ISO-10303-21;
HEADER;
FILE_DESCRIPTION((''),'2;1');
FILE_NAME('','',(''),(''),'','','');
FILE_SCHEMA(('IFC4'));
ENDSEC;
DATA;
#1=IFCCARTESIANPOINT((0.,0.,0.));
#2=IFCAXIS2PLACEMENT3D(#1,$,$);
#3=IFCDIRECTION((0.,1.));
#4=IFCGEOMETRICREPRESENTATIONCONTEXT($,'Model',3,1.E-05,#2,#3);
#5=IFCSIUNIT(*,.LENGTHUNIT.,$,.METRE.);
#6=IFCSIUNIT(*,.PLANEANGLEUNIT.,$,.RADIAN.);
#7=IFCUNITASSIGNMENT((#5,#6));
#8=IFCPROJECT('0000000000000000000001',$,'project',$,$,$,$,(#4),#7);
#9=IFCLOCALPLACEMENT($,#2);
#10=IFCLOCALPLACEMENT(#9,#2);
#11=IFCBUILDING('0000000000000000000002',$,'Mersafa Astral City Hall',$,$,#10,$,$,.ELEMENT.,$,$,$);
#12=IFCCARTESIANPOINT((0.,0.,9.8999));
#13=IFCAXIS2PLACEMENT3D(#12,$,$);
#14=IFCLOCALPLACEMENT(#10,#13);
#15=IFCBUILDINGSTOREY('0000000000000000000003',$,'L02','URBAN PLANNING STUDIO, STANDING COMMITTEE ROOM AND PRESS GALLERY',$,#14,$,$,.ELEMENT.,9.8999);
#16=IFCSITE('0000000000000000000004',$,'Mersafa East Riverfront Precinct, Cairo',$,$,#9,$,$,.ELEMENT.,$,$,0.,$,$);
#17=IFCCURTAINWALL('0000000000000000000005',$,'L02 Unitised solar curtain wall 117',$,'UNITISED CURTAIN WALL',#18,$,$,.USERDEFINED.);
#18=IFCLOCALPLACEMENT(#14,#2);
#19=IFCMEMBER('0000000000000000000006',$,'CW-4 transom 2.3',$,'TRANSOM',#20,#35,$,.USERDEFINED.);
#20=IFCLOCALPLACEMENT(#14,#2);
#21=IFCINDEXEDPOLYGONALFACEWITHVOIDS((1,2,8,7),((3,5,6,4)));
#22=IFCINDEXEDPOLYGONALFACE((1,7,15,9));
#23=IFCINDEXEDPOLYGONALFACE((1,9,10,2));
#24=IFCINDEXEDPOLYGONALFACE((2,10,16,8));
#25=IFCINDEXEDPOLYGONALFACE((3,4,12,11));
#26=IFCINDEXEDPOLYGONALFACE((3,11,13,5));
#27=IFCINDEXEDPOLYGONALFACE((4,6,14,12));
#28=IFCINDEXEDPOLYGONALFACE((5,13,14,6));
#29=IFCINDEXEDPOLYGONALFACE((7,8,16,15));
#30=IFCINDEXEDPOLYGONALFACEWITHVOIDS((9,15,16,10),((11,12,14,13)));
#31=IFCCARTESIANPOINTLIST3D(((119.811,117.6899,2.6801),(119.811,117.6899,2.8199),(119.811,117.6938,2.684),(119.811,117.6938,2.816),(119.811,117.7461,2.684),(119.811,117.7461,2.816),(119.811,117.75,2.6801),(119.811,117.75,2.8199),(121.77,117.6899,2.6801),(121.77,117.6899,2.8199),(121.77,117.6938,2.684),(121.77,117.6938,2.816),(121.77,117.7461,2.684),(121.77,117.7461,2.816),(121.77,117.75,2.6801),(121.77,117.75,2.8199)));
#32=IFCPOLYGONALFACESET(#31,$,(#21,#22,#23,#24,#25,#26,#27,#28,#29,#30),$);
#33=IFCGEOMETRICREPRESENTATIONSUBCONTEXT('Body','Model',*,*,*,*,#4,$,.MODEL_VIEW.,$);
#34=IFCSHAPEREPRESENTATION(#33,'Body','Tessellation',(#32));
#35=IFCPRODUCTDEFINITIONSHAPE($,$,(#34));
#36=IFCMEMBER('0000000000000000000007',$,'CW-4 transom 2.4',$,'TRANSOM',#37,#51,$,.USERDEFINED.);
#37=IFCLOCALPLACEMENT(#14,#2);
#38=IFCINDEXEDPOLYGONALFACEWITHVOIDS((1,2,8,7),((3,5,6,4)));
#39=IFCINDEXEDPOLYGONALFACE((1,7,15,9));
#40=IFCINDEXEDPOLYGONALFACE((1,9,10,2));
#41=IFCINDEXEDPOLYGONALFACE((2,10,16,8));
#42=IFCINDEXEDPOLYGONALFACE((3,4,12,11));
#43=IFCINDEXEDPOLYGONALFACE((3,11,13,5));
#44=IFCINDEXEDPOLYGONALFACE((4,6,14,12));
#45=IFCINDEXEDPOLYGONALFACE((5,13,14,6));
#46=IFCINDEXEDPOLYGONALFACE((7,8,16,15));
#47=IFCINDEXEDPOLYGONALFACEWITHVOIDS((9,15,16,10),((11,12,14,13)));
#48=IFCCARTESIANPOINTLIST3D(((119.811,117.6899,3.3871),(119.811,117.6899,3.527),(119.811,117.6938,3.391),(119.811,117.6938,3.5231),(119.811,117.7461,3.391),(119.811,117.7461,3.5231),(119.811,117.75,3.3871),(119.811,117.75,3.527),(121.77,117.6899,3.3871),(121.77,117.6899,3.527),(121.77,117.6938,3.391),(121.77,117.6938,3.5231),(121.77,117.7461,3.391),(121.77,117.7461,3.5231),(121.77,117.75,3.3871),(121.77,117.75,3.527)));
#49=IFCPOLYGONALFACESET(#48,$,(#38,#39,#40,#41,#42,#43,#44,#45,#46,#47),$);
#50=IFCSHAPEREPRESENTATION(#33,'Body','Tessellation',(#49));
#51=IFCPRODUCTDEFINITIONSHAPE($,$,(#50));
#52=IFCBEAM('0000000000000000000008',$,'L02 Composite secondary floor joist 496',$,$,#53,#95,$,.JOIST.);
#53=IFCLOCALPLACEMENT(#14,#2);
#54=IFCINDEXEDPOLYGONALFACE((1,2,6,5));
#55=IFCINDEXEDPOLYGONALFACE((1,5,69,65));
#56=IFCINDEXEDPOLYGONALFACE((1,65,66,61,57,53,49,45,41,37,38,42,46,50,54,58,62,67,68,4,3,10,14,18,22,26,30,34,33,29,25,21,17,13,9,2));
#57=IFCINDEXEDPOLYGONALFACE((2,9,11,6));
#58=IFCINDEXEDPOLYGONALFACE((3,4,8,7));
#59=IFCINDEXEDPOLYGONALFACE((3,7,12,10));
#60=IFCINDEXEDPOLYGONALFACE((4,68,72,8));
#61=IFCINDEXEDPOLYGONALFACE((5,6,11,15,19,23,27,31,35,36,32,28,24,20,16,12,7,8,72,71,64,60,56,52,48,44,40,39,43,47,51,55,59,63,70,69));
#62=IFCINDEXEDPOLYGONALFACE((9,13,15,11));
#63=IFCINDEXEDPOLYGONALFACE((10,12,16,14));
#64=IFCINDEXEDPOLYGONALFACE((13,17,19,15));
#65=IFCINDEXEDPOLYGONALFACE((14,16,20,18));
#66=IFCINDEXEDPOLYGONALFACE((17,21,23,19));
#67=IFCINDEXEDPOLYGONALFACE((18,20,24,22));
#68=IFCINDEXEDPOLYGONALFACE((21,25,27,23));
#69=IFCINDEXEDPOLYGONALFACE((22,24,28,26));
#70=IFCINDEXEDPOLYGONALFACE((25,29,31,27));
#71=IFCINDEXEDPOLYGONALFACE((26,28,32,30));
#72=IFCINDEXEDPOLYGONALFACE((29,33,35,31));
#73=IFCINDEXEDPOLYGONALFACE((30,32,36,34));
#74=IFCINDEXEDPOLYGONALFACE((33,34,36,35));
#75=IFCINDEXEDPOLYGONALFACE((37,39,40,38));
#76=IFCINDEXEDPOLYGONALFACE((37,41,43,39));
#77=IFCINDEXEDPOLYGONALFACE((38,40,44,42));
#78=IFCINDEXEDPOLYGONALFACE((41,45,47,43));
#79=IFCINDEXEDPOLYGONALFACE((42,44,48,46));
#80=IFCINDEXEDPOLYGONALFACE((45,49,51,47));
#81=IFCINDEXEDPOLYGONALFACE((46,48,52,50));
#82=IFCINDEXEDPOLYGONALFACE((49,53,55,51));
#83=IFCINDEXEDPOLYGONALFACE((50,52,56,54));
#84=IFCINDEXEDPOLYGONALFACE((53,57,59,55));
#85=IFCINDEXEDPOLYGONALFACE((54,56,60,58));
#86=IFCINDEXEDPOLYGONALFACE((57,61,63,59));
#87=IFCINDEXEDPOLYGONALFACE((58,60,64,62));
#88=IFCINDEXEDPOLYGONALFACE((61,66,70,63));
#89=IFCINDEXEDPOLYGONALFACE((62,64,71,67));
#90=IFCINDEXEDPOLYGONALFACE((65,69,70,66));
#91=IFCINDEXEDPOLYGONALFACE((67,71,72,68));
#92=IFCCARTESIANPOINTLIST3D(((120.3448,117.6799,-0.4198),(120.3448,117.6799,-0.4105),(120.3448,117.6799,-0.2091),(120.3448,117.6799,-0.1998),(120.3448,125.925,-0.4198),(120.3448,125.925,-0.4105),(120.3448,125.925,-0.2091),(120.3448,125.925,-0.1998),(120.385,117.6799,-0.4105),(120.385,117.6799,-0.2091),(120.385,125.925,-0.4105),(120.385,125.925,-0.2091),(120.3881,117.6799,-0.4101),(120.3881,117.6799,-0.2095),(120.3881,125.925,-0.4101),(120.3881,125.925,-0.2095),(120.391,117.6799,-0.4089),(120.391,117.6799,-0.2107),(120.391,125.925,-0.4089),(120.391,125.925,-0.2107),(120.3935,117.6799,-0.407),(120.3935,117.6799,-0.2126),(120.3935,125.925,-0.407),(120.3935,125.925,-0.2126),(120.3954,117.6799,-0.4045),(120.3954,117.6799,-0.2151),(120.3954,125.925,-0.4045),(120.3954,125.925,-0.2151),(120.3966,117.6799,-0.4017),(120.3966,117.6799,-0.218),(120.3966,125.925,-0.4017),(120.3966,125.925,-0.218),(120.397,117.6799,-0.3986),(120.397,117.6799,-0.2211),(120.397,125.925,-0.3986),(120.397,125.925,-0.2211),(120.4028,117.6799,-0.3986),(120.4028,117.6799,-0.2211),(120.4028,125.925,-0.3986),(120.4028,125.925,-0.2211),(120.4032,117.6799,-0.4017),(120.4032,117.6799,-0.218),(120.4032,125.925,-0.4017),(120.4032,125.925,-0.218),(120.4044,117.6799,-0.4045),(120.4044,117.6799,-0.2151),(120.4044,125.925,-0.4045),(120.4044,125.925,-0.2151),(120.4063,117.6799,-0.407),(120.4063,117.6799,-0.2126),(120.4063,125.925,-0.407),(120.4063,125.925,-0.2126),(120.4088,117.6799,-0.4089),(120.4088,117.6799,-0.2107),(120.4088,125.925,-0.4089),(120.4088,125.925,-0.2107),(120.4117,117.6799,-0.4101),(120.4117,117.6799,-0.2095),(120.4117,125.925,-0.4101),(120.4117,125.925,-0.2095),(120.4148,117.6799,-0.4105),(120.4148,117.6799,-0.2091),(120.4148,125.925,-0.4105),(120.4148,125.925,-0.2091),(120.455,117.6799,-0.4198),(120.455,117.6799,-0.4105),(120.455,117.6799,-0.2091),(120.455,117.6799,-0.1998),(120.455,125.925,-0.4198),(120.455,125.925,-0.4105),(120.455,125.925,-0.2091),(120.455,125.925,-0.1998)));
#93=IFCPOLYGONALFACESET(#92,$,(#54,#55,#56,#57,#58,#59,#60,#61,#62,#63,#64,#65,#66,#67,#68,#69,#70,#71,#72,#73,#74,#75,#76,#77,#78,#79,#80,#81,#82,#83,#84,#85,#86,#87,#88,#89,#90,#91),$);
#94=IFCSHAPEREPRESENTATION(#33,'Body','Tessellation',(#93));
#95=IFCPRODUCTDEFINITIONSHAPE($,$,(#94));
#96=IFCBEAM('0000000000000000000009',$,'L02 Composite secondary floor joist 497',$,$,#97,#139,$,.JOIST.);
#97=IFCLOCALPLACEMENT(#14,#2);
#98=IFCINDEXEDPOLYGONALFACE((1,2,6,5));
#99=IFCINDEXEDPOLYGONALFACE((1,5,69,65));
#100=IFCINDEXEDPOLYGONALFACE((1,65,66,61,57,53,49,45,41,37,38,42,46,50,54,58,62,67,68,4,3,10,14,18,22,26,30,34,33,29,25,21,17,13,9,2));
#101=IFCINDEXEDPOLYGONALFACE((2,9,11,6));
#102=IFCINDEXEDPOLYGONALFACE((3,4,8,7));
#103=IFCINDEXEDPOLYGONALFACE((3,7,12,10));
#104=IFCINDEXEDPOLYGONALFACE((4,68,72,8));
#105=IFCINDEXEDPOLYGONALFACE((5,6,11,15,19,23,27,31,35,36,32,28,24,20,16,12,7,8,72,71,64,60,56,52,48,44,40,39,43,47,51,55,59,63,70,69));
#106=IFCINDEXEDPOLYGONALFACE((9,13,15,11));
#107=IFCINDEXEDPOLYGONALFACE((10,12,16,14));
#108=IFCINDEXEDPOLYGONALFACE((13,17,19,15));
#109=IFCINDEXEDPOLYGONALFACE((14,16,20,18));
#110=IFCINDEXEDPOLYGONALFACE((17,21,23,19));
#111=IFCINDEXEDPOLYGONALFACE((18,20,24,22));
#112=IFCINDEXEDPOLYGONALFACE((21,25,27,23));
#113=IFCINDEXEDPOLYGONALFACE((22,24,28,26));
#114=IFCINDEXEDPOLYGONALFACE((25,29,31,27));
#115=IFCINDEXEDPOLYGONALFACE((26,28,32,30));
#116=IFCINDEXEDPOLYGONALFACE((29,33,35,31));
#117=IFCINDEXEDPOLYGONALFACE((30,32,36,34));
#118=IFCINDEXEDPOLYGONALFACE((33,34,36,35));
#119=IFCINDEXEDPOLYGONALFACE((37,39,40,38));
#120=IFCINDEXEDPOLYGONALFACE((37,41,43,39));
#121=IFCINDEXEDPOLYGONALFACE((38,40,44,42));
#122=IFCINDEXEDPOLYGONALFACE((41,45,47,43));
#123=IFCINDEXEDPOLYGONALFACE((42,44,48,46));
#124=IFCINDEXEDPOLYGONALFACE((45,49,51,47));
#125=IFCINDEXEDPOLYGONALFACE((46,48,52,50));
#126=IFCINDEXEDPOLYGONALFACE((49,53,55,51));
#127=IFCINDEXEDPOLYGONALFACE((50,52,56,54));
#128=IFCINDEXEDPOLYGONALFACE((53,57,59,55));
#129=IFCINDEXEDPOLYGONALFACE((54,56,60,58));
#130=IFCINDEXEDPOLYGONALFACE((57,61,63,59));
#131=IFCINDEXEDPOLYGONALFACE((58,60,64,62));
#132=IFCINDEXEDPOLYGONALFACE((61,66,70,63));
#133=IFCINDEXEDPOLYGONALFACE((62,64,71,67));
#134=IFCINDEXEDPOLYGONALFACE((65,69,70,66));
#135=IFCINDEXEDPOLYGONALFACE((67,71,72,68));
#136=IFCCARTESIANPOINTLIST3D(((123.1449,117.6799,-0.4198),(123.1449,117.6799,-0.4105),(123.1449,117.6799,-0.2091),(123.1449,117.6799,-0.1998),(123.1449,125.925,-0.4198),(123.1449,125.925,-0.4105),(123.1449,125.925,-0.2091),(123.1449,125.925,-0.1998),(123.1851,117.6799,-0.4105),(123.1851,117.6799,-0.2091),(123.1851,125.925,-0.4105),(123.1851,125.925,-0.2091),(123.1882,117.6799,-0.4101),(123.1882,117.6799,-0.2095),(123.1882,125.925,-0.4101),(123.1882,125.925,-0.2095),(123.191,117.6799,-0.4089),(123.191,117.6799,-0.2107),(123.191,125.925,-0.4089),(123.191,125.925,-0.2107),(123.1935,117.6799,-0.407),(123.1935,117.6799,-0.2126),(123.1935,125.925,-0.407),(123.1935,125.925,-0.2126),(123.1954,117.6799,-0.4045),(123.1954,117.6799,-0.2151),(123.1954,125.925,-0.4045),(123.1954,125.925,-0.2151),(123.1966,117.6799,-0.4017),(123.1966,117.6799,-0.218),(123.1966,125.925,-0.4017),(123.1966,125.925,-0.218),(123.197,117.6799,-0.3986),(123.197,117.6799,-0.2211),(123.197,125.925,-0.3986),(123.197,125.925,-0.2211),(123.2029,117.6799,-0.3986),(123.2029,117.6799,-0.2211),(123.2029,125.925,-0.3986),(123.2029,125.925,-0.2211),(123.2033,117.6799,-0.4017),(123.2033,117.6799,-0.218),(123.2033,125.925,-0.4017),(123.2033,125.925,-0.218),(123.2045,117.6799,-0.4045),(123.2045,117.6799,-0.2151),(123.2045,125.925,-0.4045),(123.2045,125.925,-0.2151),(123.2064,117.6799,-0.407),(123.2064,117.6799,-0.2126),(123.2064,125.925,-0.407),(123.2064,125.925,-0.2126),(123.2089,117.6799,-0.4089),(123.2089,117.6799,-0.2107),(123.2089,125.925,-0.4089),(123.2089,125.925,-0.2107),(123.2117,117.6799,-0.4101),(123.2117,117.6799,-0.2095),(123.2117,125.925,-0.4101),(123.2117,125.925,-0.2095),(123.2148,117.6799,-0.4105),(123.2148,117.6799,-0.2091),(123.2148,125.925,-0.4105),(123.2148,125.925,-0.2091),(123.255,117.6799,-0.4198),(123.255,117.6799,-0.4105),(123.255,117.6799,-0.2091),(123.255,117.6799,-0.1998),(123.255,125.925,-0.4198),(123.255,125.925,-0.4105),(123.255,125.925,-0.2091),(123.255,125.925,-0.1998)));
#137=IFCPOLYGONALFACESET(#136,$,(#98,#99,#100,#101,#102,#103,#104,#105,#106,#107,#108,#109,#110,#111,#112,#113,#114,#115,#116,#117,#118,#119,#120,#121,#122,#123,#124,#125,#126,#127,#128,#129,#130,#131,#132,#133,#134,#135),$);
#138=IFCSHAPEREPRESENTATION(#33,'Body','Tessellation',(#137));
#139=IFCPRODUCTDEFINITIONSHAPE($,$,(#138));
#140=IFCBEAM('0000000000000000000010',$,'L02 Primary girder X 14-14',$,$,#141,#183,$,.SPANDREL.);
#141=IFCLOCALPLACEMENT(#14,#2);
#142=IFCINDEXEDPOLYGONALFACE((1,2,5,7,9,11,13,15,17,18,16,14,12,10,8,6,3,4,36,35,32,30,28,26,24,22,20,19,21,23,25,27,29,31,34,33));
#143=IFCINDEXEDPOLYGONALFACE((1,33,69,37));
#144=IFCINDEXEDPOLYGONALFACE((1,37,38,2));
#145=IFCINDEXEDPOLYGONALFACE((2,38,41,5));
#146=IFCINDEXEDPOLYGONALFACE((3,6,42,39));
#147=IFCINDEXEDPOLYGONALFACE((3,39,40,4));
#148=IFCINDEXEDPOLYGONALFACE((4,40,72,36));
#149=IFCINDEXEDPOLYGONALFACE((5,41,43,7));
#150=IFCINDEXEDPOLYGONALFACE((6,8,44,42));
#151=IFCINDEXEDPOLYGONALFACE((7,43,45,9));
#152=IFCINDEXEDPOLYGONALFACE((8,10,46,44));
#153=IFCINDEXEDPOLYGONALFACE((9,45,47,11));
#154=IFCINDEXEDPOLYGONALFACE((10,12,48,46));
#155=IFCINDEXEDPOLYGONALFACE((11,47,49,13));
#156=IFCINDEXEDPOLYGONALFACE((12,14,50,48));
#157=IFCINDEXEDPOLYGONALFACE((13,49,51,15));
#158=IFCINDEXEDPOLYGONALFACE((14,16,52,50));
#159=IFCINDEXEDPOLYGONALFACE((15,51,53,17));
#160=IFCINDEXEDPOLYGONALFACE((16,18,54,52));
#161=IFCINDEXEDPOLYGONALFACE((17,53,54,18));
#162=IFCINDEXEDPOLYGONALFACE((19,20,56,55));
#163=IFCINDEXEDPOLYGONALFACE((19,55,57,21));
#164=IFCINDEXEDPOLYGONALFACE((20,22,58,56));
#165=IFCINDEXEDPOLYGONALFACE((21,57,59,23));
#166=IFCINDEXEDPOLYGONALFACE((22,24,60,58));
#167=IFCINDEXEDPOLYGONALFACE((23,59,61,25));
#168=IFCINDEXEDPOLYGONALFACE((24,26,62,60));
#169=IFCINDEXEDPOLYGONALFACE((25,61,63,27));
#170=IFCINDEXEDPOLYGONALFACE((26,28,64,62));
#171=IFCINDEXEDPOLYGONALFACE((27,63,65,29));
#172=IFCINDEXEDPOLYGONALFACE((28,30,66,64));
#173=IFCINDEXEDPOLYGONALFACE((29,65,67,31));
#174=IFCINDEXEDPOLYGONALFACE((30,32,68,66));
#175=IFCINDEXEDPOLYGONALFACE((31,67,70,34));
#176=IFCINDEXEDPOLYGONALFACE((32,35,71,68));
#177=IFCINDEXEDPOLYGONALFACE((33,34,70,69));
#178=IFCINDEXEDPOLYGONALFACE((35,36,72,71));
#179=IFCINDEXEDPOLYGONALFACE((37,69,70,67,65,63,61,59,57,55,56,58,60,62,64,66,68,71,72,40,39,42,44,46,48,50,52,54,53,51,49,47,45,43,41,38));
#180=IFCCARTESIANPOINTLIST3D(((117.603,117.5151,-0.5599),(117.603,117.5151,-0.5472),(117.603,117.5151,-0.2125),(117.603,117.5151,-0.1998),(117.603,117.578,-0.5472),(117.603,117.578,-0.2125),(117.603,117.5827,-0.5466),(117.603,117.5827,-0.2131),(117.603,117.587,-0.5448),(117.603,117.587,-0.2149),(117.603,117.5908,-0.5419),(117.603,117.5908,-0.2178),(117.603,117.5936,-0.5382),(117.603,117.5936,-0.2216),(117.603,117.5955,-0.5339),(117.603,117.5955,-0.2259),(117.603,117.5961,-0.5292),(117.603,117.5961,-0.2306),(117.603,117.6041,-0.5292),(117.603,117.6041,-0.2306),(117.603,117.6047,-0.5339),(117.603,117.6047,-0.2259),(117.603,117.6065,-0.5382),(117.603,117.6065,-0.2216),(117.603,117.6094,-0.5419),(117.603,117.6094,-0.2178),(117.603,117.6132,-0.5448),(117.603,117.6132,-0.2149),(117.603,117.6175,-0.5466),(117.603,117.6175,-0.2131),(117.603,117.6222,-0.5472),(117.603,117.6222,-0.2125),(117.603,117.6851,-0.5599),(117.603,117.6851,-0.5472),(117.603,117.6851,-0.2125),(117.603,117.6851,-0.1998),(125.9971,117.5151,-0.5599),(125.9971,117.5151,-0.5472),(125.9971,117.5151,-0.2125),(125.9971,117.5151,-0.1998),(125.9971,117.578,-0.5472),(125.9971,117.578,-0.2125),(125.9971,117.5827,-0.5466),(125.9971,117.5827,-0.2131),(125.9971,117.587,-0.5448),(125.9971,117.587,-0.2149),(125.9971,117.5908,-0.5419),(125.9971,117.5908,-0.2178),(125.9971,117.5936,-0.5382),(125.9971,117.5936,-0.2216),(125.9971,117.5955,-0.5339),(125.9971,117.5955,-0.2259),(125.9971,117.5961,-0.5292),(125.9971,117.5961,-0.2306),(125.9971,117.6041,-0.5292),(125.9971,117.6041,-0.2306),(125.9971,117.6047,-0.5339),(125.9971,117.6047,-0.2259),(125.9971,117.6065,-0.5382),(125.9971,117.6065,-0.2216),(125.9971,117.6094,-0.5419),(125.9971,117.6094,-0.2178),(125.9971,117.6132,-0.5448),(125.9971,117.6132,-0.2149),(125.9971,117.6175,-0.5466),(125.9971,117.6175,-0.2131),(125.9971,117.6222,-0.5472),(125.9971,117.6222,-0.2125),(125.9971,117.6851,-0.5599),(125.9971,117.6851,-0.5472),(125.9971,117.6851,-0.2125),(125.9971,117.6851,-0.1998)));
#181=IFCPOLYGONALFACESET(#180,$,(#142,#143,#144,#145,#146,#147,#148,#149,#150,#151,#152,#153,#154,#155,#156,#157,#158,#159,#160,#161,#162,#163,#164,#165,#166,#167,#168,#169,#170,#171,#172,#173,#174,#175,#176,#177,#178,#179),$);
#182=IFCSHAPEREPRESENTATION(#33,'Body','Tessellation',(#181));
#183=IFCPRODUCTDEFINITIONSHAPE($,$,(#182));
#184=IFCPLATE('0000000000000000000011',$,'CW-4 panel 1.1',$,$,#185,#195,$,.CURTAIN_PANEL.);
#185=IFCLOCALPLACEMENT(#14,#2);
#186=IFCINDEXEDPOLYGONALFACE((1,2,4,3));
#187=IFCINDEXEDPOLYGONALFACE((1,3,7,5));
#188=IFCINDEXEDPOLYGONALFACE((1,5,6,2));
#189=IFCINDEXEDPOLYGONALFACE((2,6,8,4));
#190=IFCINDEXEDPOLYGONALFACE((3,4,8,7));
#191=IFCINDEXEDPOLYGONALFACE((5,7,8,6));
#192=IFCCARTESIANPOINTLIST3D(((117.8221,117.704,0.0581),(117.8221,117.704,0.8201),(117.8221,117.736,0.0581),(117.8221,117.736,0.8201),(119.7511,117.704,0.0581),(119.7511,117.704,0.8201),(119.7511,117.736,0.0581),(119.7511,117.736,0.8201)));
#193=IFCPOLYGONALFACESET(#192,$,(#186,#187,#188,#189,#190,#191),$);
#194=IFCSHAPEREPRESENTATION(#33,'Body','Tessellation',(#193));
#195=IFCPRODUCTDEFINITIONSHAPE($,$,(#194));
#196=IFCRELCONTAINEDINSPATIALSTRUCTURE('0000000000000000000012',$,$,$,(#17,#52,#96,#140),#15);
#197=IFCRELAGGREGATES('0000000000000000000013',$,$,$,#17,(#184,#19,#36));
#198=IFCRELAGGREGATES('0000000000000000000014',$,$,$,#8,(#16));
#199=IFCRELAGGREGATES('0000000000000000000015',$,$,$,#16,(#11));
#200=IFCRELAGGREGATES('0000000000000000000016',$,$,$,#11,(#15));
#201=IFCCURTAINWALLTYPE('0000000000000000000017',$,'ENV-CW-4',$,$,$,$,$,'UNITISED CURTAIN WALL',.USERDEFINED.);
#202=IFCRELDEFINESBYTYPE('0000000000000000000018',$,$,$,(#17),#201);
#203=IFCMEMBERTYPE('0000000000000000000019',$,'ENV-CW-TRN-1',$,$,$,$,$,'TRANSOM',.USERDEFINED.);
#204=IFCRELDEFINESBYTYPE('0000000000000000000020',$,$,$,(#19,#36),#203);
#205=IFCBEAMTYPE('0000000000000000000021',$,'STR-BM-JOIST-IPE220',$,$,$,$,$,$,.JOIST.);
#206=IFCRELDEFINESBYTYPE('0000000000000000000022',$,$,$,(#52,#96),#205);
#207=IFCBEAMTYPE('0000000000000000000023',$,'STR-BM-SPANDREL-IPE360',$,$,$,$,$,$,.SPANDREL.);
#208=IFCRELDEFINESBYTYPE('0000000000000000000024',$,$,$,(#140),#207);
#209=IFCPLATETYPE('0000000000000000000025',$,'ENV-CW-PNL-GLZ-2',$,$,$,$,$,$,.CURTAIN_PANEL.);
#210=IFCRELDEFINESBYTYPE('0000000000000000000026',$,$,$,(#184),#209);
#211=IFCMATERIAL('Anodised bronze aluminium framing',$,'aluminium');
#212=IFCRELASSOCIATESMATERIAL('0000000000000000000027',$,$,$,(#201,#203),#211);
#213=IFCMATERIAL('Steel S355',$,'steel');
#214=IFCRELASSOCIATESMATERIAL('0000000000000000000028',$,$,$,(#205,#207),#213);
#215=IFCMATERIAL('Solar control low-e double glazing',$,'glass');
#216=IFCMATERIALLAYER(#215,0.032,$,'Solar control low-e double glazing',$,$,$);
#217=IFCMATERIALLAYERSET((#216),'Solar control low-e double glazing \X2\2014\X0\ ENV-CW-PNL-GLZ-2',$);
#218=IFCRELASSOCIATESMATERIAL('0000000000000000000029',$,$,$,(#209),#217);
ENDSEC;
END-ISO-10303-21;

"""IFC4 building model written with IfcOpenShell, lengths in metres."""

from ifc_helpers import new_model, si_unit, direction, frame, origin, origin_2d, place, context, subcontext, project, spatial, rectangle, hollow_rectangle, i_section, extrude, material, layer, layer_set, material_profile, profile_set, type_object, element, aggregate, save


model = new_model("IFC4")

# Units and contexts
model_context = context("Model", 3, precision=1e-05, world=origin(), true_north=direction((0.0, 1.0)))
body_context = subcontext(model_context, "Body", "Model", "MODEL_VIEW")
ifc_project = project(units=[si_unit("LENGTHUNIT", "METRE"), si_unit("PLANEANGLEUNIT", "RADIAN")], contexts=[model_context])

# Site, building, storey
site_placement = place(None, origin())
site = spatial("IfcSite", under=ifc_project, at=site_placement, Name="Mersafa East Riverfront Precinct, Cairo", CompositionType="ELEMENT", RefElevation=0.0)
building_placement = place(site_placement, origin())
building = spatial("IfcBuilding", under=site, at=building_placement, Name="Mersafa Astral City Hall", CompositionType="ELEMENT")
storey_placement = place(building_placement, frame((0.0, 0.0, 9.8999)))
storey = spatial("IfcBuildingStorey", under=building, at=storey_placement, Name="L02", Description="URBAN PLANNING STUDIO, STANDING COMMITTEE ROOM AND PRESS GALLERY", CompositionType="ELEMENT", Elevation=9.8999)

# Shared definitions
ifc_material_1 = material(Name="Steel S355", Category="steel")

# Curtain wall, members
ifc_material_2 = material(Name="Anodised bronze aluminium framing", Category="aluminium")
curtain_wall_type = type_object("IfcCurtainWallType", Name="ENV-CW-4", ElementType="UNITISED CURTAIN WALL", PredefinedType="USERDEFINED", material=ifc_material_2)
curtain_wall_placement = place(storey_placement, origin())
curtain_wall = element("IfcCurtainWall", 1, at=curtain_wall_placement, inside=storey, type_object=curtain_wall_type, Name="L02 Unitised solar curtain wall 117", ObjectType="UNITISED CURTAIN WALL", PredefinedType="USERDEFINED")
ifc_material_profile_1 = material_profile(ifc_material_2, hollow_rectangle(XDim=0.0601, YDim=0.1399, WallThickness=0.0039, at=origin_2d()), Name="RHS 60x140x4")
ifc_profile_set_1 = profile_set([ifc_material_profile_1], Name="Anodised bronze aluminium framing")
member_type_1 = type_object("IfcMemberType", Name="ENV-CW-TRN-1", ElementType="TRANSOM", PredefinedType="USERDEFINED", material=ifc_profile_set_1)
member_1_placement = place(storey_placement, frame((119.811, 117.72, 2.75), z_axis=(1.0, 0.0, 0.0), x_axis=(0.0, 1.0, 0.0)))
member_1 = element("IfcMember", 2, at=member_1_placement, type_object=member_type_1, Name="CW-4 transom 2.3", ObjectType="TRANSOM", PredefinedType="USERDEFINED", context=body_context, shape_type="SweptSolid", body=[
    extrude(hollow_rectangle(XDim=0.0601, YDim=0.1399, WallThickness=0.0039, at=origin_2d()), origin(), (0.0, 0.0, 1.0), 1.959),
])
member_2_placement = place(storey_placement, frame((119.811, 117.72, 3.457), z_axis=(1.0, 0.0, 0.0), x_axis=(0.0, 1.0, 0.0)))
member_2 = element("IfcMember", 3, at=member_2_placement, type_object=member_type_1, Name="CW-4 transom 2.4", ObjectType="TRANSOM", PredefinedType="USERDEFINED", context=body_context, shape_type="SweptSolid", body=[
    extrude(hollow_rectangle(XDim=0.0601, YDim=0.1399, WallThickness=0.0039, at=origin_2d()), origin(), (0.0, 0.0, 1.0), 1.959),
])

# Beams
ifc_material_profile_2 = material_profile(ifc_material_1, i_section(OverallWidth=0.1101, OverallDepth=0.22, WebThickness=0.0059, FlangeThickness=0.0093, FilletRadius=0.012, at=origin_2d()), Name="IPE 220")
ifc_profile_set_2 = profile_set([ifc_material_profile_2], Name="Steel S355")
beam_type_1 = type_object("IfcBeamType", Name="STR-BM-JOIST-IPE220", PredefinedType="JOIST", material=ifc_profile_set_2)
for number, where, z_axis, x_axis, name in (
    (4, (120.3999, 117.6799, -0.3098), (0.0, 1.0, 0.0), (-1.0, 0.0, 0.0), "L02 Composite secondary floor joist 496"),
    (5, (123.2, 117.6799, -0.3098), (0.0, 1.0, 0.0), (-1.0, 0.0, 0.0), "L02 Composite secondary floor joist 497"),
):
    element("IfcBeam", number, at=place(storey_placement, frame(where, z_axis=z_axis, x_axis=x_axis)), inside=storey, type_object=beam_type_1, Name=name, PredefinedType="JOIST", context=body_context, shape_type="SweptSolid", body=[
        extrude(i_section(OverallWidth=0.1101, OverallDepth=0.22, WebThickness=0.0059, FlangeThickness=0.0093, FilletRadius=0.012, at=origin_2d()), origin(), (0.0, 0.0, 1.0), 8.2451),
    ])
ifc_material_profile_3 = material_profile(ifc_material_1, i_section(OverallWidth=0.1699, OverallDepth=0.3601, WebThickness=0.0081, FlangeThickness=0.0127, FilletRadius=0.0181, at=origin_2d()), Name="IPE 360")
ifc_profile_set_3 = profile_set([ifc_material_profile_3], Name="Steel S355")
beam_type_2 = type_object("IfcBeamType", Name="STR-BM-SPANDREL-IPE360", PredefinedType="SPANDREL", material=ifc_profile_set_3)
beam_placement = place(storey_placement, frame((117.603, 117.6001, -0.3799), z_axis=(1.0, 0.0, 0.0), x_axis=(0.0, 1.0, 0.0)))
element("IfcBeam", 6, at=beam_placement, inside=storey, type_object=beam_type_2, Name="L02 Primary girder X 14-14", PredefinedType="SPANDREL", context=body_context, shape_type="SweptSolid", body=[
    extrude(i_section(OverallWidth=0.1699, OverallDepth=0.3601, WebThickness=0.0081, FlangeThickness=0.0127, FilletRadius=0.0181, at=origin_2d()), origin(), (0.0, 0.0, 1.0), 8.394),
])

# Plate
ifc_material_3 = material(Name="Solar control low-e double glazing", Category="glass")
ifc_layer = layer(ifc_material_3, 0.032, Name="Solar control low-e double glazing")
ifc_layer_set = layer_set([ifc_layer], Name="Solar control low-e double glazing — ENV-CW-PNL-GLZ-2")
plate_type = type_object("IfcPlateType", Name="ENV-CW-PNL-GLZ-2", PredefinedType="CURTAIN_PANEL", material=ifc_layer_set)
plate_1_placement = place(storey_placement, frame((118.7866, 117.72, 0.0581), z_axis=(0.0, 0.0, 1.0), x_axis=(1.0, 0.0, 0.0)))
plate_1 = element("IfcPlate", 7, at=plate_1_placement, type_object=plate_type, Name="CW-4 panel 1.1", PredefinedType="CURTAIN_PANEL", context=body_context, shape_type="SweptSolid", body=[
    extrude(rectangle(XDim=1.929, YDim=0.032, at=origin_2d()), origin(), (0.0, 0.0, 1.0), 0.762),
])
aggregate(curtain_wall, [plate_1, member_1, member_2])

save(model, "model.ifc")
